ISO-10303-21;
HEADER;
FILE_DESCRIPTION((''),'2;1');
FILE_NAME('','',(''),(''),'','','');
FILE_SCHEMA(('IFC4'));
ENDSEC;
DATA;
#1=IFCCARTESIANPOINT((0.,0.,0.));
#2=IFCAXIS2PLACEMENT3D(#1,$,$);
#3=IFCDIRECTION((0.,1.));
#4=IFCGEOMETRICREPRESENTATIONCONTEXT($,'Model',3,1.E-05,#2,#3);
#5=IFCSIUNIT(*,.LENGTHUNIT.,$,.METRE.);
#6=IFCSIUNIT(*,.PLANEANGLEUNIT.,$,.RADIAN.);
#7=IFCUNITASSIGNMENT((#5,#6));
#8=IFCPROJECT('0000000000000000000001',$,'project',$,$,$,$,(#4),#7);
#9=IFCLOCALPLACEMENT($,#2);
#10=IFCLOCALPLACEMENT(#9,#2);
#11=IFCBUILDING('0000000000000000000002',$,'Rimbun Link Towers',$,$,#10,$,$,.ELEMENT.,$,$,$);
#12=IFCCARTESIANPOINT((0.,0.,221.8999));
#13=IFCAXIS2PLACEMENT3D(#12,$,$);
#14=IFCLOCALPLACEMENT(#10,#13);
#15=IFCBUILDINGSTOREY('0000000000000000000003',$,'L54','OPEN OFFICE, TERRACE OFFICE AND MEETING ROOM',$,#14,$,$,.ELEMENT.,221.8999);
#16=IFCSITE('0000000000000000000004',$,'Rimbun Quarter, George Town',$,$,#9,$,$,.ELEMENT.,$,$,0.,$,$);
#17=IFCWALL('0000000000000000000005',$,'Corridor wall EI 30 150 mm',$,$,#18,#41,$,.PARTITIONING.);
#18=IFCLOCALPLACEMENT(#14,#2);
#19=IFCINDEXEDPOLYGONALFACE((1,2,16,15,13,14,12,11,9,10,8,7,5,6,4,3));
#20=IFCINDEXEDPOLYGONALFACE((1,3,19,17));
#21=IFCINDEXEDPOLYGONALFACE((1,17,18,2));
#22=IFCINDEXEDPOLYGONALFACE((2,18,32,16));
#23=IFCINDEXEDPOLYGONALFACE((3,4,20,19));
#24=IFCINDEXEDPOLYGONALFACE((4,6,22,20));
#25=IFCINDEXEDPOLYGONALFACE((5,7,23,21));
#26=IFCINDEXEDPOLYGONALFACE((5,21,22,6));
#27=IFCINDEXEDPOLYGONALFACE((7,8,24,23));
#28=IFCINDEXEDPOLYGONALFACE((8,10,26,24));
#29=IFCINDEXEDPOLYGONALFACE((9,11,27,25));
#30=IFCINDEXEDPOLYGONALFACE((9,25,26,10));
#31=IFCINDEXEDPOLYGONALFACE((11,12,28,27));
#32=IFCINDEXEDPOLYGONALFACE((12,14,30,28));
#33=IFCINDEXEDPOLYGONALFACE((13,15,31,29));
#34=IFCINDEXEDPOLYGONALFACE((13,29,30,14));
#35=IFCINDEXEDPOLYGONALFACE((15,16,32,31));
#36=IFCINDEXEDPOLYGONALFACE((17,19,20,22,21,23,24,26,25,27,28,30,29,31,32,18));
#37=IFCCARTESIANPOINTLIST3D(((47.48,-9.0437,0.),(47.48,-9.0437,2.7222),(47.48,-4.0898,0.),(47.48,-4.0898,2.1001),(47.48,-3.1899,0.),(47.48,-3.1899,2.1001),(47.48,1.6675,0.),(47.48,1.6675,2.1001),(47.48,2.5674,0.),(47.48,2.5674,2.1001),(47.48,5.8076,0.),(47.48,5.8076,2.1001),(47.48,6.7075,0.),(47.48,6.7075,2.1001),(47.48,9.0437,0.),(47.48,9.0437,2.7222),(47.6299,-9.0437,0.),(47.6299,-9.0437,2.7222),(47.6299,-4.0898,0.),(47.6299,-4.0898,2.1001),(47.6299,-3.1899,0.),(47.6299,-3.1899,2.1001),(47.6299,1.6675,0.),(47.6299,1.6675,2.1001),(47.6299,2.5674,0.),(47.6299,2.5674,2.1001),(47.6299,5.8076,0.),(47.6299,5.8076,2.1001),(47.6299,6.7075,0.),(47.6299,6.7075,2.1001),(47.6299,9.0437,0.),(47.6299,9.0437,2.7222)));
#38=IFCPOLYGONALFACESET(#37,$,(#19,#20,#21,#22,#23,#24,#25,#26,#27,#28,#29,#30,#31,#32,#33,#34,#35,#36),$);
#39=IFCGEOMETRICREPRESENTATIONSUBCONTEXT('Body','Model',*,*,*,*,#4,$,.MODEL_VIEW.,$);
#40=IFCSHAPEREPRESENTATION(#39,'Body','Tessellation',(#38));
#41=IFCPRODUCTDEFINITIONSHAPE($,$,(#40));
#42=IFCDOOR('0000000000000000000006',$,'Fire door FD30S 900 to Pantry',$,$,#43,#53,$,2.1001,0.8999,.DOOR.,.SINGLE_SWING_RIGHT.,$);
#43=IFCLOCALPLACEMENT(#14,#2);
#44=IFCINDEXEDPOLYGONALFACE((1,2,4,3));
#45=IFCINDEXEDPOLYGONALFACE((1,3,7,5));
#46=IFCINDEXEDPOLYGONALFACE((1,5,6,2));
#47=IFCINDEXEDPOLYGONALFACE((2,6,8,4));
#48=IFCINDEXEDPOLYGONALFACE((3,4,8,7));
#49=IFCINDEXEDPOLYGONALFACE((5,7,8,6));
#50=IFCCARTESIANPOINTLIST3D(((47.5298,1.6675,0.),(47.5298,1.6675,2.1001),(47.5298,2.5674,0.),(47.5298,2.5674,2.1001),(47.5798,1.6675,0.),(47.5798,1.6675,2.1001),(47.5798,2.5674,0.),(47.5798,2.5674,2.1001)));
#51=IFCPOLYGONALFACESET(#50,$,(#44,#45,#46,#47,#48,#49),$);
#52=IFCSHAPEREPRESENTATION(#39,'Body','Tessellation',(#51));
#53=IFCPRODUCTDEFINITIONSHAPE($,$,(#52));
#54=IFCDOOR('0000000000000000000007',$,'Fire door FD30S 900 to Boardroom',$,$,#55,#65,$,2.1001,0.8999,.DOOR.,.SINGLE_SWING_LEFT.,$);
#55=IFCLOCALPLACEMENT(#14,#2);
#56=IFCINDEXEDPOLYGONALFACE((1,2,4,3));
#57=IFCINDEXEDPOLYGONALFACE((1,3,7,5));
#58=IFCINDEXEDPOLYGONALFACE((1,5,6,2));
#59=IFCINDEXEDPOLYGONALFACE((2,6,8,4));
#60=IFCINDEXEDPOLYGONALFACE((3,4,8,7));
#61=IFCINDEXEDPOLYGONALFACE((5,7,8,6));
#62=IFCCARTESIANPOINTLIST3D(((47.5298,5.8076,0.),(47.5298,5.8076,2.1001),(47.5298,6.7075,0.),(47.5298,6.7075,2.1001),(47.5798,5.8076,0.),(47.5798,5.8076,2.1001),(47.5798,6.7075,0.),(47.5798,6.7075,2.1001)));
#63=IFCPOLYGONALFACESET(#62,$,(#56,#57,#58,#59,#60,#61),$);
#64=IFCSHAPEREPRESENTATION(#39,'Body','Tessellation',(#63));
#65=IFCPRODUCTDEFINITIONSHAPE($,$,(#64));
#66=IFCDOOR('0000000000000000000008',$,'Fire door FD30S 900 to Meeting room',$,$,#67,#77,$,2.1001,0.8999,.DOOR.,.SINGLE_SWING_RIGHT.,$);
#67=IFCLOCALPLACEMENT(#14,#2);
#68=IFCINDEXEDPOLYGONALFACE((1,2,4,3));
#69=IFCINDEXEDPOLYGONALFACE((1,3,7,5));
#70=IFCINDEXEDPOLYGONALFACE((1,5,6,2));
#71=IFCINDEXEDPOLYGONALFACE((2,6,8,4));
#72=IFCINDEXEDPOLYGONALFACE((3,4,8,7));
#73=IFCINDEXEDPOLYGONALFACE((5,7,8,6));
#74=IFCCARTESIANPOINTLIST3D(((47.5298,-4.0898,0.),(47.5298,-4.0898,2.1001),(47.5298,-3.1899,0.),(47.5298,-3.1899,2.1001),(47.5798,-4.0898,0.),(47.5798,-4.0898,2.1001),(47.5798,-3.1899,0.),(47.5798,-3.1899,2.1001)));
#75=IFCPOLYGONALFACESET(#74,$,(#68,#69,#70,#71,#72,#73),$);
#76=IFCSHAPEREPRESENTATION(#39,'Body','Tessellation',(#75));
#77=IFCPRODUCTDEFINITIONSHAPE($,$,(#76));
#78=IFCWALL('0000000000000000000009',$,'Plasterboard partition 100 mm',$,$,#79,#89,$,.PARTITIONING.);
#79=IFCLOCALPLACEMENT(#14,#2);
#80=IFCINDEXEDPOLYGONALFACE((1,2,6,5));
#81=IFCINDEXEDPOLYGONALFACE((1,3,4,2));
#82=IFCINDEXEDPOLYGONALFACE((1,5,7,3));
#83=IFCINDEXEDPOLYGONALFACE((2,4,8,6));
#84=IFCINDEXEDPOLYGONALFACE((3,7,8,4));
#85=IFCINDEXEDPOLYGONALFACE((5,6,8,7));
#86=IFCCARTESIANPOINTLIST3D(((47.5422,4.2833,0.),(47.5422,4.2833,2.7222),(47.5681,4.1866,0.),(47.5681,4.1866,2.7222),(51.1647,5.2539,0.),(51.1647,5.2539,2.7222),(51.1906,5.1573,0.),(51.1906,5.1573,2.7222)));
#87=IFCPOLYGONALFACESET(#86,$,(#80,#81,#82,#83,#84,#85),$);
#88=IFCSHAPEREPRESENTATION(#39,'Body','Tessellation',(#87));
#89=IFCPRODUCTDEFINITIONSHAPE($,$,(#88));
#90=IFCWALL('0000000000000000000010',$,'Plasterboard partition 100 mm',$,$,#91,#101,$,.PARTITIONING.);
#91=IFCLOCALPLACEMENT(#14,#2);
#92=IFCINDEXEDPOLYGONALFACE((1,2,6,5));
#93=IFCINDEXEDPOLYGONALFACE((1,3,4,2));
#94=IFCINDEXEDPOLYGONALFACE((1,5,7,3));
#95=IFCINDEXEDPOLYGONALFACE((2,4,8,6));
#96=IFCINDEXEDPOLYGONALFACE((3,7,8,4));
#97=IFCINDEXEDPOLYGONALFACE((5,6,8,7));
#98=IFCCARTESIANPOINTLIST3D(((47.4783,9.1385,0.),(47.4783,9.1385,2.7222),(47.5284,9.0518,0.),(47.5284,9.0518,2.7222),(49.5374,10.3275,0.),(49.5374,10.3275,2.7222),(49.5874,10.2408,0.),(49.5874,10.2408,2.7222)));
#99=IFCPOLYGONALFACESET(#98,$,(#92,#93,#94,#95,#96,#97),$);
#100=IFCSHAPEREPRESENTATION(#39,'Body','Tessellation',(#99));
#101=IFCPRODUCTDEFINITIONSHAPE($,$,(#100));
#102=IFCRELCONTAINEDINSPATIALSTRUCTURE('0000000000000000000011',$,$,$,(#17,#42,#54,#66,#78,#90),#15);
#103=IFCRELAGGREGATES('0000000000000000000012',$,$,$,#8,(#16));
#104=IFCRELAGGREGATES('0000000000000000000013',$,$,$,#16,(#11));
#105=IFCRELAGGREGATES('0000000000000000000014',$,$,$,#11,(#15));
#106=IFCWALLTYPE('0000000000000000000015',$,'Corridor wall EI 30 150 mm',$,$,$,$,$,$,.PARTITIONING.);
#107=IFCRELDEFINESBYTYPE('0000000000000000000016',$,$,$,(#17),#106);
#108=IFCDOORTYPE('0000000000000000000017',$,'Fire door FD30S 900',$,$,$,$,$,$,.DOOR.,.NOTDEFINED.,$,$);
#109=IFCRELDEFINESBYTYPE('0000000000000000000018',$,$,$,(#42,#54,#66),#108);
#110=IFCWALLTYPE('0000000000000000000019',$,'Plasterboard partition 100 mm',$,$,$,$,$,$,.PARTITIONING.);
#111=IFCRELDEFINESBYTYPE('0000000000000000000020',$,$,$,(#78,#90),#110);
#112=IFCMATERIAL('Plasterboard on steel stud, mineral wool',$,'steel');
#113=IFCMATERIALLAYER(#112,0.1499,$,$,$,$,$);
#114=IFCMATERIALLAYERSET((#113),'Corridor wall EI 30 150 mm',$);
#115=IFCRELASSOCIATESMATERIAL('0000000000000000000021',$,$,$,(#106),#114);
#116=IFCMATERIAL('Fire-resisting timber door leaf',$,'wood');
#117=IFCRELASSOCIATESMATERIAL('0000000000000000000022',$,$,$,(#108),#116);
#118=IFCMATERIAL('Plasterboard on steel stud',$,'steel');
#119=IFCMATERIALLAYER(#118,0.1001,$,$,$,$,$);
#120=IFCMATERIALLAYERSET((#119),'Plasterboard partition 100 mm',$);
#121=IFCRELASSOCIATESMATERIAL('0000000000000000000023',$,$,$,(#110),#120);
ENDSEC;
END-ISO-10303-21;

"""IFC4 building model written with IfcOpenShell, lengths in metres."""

from ifc_helpers import new_model, si_unit, direction, frame, frame_2d, origin, place, context, subcontext, project, spatial, rectangle, extrude, material, layer, layer_set, type_object, element, fill, save


model = new_model("IFC4")

# Units and contexts
model_context = context("Model", 3, precision=1e-05, world=origin(), true_north=direction((0.0, 1.0)))
body_context = subcontext(model_context, "Body", "Model", "MODEL_VIEW")
ifc_project = project(units=[si_unit("LENGTHUNIT", "METRE"), si_unit("PLANEANGLEUNIT", "RADIAN")], contexts=[model_context])

# Site, building, storey
site_placement = place(None, origin())
site = spatial("IfcSite", under=ifc_project, at=site_placement, Name="Rimbun Quarter, George Town", CompositionType="ELEMENT", RefElevation=0.0)
building_placement = place(site_placement, origin())
building = spatial("IfcBuilding", under=site, at=building_placement, Name="Rimbun Link Towers", CompositionType="ELEMENT")
storey_placement = place(building_placement, frame((0.0, 0.0, 221.8999)))
storey = spatial("IfcBuildingStorey", under=building, at=storey_placement, Name="L54", Description="OPEN OFFICE, TERRACE OFFICE AND MEETING ROOM", CompositionType="ELEMENT", Elevation=221.8999)

# Wall, openings, doors
ifc_material_1 = material(Name="Plasterboard on steel stud, mineral wool", Category="steel")
ifc_layer_1 = layer(ifc_material_1, 0.1499)
ifc_layer_set_1 = layer_set([ifc_layer_1], Name="Corridor wall EI 30 150 mm")
wall_type_1 = type_object("IfcWallType", Name="Corridor wall EI 30 150 mm", PredefinedType="PARTITIONING", material=ifc_layer_set_1)
wall_1_placement = place(storey_placement, frame((47.5549, 9.0437, 0.0), z_axis=(0.0, 0.0, 1.0), x_axis=(0.0, -1.0, 0.0)))
wall_1 = element("IfcWall", 1, at=wall_1_placement, inside=storey, type_object=wall_type_1, Name="Corridor wall EI 30 150 mm", PredefinedType="PARTITIONING", context=body_context, shape_type="SweptSolid", body=[
    extrude(rectangle(XDim=18.0874, YDim=0.1499, at=frame_2d((9.0437, 0.0))), origin(), (0.0, 0.0, 1.0), 2.7222),
])
opening_1_placement = place(wall_1_placement, frame((6.4763, 0.0, 0.0)))
opening_1 = element("IfcOpeningElement", 2, at=opening_1_placement, cuts=wall_1, PredefinedType="OPENING", context=body_context, shape_type="SweptSolid", body=[
    extrude(rectangle(XDim=0.8999, YDim=2.1001, at=frame_2d((0.45, 1.05))), frame((0.0, 0.085, 0.0), z_axis=(0.0, -1.0, 0.0), x_axis=(1.0, 0.0, 0.0)), (0.0, 0.0, 1.0), 0.1699),
])
opening_2_placement = place(wall_1_placement, frame((2.3362, 0.0, 0.0)))
opening_2 = element("IfcOpeningElement", 3, at=opening_2_placement, cuts=wall_1, PredefinedType="OPENING", context=body_context, shape_type="SweptSolid", body=[
    extrude(rectangle(XDim=0.8999, YDim=2.1001, at=frame_2d((0.45, 1.05))), frame((0.0, 0.085, 0.0), z_axis=(0.0, -1.0, 0.0), x_axis=(1.0, 0.0, 0.0)), (0.0, 0.0, 1.0), 0.1699),
])
opening_3_placement = place(wall_1_placement, frame((12.2336, 0.0, 0.0)))
opening_3 = element("IfcOpeningElement", 4, at=opening_3_placement, cuts=wall_1, PredefinedType="OPENING", context=body_context, shape_type="SweptSolid", body=[
    extrude(rectangle(XDim=0.8999, YDim=2.1001, at=frame_2d((0.45, 1.05))), frame((0.0, 0.085, 0.0), z_axis=(0.0, -1.0, 0.0), x_axis=(1.0, 0.0, 0.0)), (0.0, 0.0, 1.0), 0.1699),
])
ifc_material_2 = material(Name="Fire-resisting timber door leaf", Category="wood")
door_type = type_object("IfcDoorType", Name="Fire door FD30S 900", OperationType="NOTDEFINED", PredefinedType="DOOR", material=ifc_material_2)
door_1_placement = place(opening_1_placement, origin())
door_1 = element("IfcDoor", 5, at=door_1_placement, inside=storey, type_object=door_type, Name="Fire door FD30S 900 to Pantry", OperationType="SINGLE_SWING_RIGHT", OverallHeight=2.1001, OverallWidth=0.8999, PredefinedType="DOOR", context=body_context, shape_type="SweptSolid", body=[
    extrude(rectangle(XDim=0.8999, YDim=2.1001, at=frame_2d((0.45, 1.05))), frame((0.0, 0.0249, 0.0), z_axis=(0.0, -1.0, 0.0), x_axis=(1.0, 0.0, 0.0)), (0.0, 0.0, 1.0), 0.05),
])
fill(opening_1, door_1)
door_2_placement = place(opening_2_placement, origin())
door_2 = element("IfcDoor", 6, at=door_2_placement, inside=storey, type_object=door_type, Name="Fire door FD30S 900 to Boardroom", OperationType="SINGLE_SWING_LEFT", OverallHeight=2.1001, OverallWidth=0.8999, PredefinedType="DOOR", context=body_context, shape_type="SweptSolid", body=[
    extrude(rectangle(XDim=0.8999, YDim=2.1001, at=frame_2d((0.45, 1.05))), frame((0.0, 0.0249, 0.0), z_axis=(0.0, -1.0, 0.0), x_axis=(1.0, 0.0, 0.0)), (0.0, 0.0, 1.0), 0.05),
])
fill(opening_2, door_2)
door_3_placement = place(opening_3_placement, origin())
door_3 = element("IfcDoor", 7, at=door_3_placement, inside=storey, type_object=door_type, Name="Fire door FD30S 900 to Meeting room", OperationType="SINGLE_SWING_RIGHT", OverallHeight=2.1001, OverallWidth=0.8999, PredefinedType="DOOR", context=body_context, shape_type="SweptSolid", body=[
    extrude(rectangle(XDim=0.8999, YDim=2.1001, at=frame_2d((0.45, 1.05))), frame((0.0, 0.0249, 0.0), z_axis=(0.0, -1.0, 0.0), x_axis=(1.0, 0.0, 0.0)), (0.0, 0.0, 1.0), 0.05),
])
fill(opening_3, door_3)

# Walls
ifc_material_3 = material(Name="Plasterboard on steel stud", Category="steel")
ifc_layer_2 = layer(ifc_material_3, 0.1001)
ifc_layer_set_2 = layer_set([ifc_layer_2], Name="Plasterboard partition 100 mm")
wall_type_2 = type_object("IfcWallType", Name="Plasterboard partition 100 mm", PredefinedType="PARTITIONING", material=ifc_layer_set_2)
wall_2_placement = place(storey_placement, frame((51.1775, 5.2056, 0.0), z_axis=(0.0, 0.0, 1.0), x_axis=(-0.965923, -0.258829, 0.0)))
element("IfcWall", 8, at=wall_2_placement, inside=storey, type_object=wall_type_2, Name="Plasterboard partition 100 mm", PredefinedType="PARTITIONING", context=body_context, shape_type="SweptSolid", body=[
    extrude(rectangle(XDim=3.7502, YDim=0.1001, at=frame_2d((1.875, 0.0))), origin(), (0.0, 0.0, 1.0), 2.7222),
])
wall_3_placement = place(storey_placement, frame((49.5625, 10.2842, 0.0), z_axis=(0.0, 0.0, 1.0), x_axis=(-0.865997, -0.500048, 0.0)))
element("IfcWall", 9, at=wall_3_placement, inside=storey, type_object=wall_type_2, Name="Plasterboard partition 100 mm", PredefinedType="PARTITIONING", context=body_context, shape_type="SweptSolid", body=[
    extrude(rectangle(XDim=2.3777, YDim=0.1001, at=frame_2d((1.189, 0.0))), origin(), (0.0, 0.0, 1.0), 2.7222),
])

save(model, "model.ifc")
